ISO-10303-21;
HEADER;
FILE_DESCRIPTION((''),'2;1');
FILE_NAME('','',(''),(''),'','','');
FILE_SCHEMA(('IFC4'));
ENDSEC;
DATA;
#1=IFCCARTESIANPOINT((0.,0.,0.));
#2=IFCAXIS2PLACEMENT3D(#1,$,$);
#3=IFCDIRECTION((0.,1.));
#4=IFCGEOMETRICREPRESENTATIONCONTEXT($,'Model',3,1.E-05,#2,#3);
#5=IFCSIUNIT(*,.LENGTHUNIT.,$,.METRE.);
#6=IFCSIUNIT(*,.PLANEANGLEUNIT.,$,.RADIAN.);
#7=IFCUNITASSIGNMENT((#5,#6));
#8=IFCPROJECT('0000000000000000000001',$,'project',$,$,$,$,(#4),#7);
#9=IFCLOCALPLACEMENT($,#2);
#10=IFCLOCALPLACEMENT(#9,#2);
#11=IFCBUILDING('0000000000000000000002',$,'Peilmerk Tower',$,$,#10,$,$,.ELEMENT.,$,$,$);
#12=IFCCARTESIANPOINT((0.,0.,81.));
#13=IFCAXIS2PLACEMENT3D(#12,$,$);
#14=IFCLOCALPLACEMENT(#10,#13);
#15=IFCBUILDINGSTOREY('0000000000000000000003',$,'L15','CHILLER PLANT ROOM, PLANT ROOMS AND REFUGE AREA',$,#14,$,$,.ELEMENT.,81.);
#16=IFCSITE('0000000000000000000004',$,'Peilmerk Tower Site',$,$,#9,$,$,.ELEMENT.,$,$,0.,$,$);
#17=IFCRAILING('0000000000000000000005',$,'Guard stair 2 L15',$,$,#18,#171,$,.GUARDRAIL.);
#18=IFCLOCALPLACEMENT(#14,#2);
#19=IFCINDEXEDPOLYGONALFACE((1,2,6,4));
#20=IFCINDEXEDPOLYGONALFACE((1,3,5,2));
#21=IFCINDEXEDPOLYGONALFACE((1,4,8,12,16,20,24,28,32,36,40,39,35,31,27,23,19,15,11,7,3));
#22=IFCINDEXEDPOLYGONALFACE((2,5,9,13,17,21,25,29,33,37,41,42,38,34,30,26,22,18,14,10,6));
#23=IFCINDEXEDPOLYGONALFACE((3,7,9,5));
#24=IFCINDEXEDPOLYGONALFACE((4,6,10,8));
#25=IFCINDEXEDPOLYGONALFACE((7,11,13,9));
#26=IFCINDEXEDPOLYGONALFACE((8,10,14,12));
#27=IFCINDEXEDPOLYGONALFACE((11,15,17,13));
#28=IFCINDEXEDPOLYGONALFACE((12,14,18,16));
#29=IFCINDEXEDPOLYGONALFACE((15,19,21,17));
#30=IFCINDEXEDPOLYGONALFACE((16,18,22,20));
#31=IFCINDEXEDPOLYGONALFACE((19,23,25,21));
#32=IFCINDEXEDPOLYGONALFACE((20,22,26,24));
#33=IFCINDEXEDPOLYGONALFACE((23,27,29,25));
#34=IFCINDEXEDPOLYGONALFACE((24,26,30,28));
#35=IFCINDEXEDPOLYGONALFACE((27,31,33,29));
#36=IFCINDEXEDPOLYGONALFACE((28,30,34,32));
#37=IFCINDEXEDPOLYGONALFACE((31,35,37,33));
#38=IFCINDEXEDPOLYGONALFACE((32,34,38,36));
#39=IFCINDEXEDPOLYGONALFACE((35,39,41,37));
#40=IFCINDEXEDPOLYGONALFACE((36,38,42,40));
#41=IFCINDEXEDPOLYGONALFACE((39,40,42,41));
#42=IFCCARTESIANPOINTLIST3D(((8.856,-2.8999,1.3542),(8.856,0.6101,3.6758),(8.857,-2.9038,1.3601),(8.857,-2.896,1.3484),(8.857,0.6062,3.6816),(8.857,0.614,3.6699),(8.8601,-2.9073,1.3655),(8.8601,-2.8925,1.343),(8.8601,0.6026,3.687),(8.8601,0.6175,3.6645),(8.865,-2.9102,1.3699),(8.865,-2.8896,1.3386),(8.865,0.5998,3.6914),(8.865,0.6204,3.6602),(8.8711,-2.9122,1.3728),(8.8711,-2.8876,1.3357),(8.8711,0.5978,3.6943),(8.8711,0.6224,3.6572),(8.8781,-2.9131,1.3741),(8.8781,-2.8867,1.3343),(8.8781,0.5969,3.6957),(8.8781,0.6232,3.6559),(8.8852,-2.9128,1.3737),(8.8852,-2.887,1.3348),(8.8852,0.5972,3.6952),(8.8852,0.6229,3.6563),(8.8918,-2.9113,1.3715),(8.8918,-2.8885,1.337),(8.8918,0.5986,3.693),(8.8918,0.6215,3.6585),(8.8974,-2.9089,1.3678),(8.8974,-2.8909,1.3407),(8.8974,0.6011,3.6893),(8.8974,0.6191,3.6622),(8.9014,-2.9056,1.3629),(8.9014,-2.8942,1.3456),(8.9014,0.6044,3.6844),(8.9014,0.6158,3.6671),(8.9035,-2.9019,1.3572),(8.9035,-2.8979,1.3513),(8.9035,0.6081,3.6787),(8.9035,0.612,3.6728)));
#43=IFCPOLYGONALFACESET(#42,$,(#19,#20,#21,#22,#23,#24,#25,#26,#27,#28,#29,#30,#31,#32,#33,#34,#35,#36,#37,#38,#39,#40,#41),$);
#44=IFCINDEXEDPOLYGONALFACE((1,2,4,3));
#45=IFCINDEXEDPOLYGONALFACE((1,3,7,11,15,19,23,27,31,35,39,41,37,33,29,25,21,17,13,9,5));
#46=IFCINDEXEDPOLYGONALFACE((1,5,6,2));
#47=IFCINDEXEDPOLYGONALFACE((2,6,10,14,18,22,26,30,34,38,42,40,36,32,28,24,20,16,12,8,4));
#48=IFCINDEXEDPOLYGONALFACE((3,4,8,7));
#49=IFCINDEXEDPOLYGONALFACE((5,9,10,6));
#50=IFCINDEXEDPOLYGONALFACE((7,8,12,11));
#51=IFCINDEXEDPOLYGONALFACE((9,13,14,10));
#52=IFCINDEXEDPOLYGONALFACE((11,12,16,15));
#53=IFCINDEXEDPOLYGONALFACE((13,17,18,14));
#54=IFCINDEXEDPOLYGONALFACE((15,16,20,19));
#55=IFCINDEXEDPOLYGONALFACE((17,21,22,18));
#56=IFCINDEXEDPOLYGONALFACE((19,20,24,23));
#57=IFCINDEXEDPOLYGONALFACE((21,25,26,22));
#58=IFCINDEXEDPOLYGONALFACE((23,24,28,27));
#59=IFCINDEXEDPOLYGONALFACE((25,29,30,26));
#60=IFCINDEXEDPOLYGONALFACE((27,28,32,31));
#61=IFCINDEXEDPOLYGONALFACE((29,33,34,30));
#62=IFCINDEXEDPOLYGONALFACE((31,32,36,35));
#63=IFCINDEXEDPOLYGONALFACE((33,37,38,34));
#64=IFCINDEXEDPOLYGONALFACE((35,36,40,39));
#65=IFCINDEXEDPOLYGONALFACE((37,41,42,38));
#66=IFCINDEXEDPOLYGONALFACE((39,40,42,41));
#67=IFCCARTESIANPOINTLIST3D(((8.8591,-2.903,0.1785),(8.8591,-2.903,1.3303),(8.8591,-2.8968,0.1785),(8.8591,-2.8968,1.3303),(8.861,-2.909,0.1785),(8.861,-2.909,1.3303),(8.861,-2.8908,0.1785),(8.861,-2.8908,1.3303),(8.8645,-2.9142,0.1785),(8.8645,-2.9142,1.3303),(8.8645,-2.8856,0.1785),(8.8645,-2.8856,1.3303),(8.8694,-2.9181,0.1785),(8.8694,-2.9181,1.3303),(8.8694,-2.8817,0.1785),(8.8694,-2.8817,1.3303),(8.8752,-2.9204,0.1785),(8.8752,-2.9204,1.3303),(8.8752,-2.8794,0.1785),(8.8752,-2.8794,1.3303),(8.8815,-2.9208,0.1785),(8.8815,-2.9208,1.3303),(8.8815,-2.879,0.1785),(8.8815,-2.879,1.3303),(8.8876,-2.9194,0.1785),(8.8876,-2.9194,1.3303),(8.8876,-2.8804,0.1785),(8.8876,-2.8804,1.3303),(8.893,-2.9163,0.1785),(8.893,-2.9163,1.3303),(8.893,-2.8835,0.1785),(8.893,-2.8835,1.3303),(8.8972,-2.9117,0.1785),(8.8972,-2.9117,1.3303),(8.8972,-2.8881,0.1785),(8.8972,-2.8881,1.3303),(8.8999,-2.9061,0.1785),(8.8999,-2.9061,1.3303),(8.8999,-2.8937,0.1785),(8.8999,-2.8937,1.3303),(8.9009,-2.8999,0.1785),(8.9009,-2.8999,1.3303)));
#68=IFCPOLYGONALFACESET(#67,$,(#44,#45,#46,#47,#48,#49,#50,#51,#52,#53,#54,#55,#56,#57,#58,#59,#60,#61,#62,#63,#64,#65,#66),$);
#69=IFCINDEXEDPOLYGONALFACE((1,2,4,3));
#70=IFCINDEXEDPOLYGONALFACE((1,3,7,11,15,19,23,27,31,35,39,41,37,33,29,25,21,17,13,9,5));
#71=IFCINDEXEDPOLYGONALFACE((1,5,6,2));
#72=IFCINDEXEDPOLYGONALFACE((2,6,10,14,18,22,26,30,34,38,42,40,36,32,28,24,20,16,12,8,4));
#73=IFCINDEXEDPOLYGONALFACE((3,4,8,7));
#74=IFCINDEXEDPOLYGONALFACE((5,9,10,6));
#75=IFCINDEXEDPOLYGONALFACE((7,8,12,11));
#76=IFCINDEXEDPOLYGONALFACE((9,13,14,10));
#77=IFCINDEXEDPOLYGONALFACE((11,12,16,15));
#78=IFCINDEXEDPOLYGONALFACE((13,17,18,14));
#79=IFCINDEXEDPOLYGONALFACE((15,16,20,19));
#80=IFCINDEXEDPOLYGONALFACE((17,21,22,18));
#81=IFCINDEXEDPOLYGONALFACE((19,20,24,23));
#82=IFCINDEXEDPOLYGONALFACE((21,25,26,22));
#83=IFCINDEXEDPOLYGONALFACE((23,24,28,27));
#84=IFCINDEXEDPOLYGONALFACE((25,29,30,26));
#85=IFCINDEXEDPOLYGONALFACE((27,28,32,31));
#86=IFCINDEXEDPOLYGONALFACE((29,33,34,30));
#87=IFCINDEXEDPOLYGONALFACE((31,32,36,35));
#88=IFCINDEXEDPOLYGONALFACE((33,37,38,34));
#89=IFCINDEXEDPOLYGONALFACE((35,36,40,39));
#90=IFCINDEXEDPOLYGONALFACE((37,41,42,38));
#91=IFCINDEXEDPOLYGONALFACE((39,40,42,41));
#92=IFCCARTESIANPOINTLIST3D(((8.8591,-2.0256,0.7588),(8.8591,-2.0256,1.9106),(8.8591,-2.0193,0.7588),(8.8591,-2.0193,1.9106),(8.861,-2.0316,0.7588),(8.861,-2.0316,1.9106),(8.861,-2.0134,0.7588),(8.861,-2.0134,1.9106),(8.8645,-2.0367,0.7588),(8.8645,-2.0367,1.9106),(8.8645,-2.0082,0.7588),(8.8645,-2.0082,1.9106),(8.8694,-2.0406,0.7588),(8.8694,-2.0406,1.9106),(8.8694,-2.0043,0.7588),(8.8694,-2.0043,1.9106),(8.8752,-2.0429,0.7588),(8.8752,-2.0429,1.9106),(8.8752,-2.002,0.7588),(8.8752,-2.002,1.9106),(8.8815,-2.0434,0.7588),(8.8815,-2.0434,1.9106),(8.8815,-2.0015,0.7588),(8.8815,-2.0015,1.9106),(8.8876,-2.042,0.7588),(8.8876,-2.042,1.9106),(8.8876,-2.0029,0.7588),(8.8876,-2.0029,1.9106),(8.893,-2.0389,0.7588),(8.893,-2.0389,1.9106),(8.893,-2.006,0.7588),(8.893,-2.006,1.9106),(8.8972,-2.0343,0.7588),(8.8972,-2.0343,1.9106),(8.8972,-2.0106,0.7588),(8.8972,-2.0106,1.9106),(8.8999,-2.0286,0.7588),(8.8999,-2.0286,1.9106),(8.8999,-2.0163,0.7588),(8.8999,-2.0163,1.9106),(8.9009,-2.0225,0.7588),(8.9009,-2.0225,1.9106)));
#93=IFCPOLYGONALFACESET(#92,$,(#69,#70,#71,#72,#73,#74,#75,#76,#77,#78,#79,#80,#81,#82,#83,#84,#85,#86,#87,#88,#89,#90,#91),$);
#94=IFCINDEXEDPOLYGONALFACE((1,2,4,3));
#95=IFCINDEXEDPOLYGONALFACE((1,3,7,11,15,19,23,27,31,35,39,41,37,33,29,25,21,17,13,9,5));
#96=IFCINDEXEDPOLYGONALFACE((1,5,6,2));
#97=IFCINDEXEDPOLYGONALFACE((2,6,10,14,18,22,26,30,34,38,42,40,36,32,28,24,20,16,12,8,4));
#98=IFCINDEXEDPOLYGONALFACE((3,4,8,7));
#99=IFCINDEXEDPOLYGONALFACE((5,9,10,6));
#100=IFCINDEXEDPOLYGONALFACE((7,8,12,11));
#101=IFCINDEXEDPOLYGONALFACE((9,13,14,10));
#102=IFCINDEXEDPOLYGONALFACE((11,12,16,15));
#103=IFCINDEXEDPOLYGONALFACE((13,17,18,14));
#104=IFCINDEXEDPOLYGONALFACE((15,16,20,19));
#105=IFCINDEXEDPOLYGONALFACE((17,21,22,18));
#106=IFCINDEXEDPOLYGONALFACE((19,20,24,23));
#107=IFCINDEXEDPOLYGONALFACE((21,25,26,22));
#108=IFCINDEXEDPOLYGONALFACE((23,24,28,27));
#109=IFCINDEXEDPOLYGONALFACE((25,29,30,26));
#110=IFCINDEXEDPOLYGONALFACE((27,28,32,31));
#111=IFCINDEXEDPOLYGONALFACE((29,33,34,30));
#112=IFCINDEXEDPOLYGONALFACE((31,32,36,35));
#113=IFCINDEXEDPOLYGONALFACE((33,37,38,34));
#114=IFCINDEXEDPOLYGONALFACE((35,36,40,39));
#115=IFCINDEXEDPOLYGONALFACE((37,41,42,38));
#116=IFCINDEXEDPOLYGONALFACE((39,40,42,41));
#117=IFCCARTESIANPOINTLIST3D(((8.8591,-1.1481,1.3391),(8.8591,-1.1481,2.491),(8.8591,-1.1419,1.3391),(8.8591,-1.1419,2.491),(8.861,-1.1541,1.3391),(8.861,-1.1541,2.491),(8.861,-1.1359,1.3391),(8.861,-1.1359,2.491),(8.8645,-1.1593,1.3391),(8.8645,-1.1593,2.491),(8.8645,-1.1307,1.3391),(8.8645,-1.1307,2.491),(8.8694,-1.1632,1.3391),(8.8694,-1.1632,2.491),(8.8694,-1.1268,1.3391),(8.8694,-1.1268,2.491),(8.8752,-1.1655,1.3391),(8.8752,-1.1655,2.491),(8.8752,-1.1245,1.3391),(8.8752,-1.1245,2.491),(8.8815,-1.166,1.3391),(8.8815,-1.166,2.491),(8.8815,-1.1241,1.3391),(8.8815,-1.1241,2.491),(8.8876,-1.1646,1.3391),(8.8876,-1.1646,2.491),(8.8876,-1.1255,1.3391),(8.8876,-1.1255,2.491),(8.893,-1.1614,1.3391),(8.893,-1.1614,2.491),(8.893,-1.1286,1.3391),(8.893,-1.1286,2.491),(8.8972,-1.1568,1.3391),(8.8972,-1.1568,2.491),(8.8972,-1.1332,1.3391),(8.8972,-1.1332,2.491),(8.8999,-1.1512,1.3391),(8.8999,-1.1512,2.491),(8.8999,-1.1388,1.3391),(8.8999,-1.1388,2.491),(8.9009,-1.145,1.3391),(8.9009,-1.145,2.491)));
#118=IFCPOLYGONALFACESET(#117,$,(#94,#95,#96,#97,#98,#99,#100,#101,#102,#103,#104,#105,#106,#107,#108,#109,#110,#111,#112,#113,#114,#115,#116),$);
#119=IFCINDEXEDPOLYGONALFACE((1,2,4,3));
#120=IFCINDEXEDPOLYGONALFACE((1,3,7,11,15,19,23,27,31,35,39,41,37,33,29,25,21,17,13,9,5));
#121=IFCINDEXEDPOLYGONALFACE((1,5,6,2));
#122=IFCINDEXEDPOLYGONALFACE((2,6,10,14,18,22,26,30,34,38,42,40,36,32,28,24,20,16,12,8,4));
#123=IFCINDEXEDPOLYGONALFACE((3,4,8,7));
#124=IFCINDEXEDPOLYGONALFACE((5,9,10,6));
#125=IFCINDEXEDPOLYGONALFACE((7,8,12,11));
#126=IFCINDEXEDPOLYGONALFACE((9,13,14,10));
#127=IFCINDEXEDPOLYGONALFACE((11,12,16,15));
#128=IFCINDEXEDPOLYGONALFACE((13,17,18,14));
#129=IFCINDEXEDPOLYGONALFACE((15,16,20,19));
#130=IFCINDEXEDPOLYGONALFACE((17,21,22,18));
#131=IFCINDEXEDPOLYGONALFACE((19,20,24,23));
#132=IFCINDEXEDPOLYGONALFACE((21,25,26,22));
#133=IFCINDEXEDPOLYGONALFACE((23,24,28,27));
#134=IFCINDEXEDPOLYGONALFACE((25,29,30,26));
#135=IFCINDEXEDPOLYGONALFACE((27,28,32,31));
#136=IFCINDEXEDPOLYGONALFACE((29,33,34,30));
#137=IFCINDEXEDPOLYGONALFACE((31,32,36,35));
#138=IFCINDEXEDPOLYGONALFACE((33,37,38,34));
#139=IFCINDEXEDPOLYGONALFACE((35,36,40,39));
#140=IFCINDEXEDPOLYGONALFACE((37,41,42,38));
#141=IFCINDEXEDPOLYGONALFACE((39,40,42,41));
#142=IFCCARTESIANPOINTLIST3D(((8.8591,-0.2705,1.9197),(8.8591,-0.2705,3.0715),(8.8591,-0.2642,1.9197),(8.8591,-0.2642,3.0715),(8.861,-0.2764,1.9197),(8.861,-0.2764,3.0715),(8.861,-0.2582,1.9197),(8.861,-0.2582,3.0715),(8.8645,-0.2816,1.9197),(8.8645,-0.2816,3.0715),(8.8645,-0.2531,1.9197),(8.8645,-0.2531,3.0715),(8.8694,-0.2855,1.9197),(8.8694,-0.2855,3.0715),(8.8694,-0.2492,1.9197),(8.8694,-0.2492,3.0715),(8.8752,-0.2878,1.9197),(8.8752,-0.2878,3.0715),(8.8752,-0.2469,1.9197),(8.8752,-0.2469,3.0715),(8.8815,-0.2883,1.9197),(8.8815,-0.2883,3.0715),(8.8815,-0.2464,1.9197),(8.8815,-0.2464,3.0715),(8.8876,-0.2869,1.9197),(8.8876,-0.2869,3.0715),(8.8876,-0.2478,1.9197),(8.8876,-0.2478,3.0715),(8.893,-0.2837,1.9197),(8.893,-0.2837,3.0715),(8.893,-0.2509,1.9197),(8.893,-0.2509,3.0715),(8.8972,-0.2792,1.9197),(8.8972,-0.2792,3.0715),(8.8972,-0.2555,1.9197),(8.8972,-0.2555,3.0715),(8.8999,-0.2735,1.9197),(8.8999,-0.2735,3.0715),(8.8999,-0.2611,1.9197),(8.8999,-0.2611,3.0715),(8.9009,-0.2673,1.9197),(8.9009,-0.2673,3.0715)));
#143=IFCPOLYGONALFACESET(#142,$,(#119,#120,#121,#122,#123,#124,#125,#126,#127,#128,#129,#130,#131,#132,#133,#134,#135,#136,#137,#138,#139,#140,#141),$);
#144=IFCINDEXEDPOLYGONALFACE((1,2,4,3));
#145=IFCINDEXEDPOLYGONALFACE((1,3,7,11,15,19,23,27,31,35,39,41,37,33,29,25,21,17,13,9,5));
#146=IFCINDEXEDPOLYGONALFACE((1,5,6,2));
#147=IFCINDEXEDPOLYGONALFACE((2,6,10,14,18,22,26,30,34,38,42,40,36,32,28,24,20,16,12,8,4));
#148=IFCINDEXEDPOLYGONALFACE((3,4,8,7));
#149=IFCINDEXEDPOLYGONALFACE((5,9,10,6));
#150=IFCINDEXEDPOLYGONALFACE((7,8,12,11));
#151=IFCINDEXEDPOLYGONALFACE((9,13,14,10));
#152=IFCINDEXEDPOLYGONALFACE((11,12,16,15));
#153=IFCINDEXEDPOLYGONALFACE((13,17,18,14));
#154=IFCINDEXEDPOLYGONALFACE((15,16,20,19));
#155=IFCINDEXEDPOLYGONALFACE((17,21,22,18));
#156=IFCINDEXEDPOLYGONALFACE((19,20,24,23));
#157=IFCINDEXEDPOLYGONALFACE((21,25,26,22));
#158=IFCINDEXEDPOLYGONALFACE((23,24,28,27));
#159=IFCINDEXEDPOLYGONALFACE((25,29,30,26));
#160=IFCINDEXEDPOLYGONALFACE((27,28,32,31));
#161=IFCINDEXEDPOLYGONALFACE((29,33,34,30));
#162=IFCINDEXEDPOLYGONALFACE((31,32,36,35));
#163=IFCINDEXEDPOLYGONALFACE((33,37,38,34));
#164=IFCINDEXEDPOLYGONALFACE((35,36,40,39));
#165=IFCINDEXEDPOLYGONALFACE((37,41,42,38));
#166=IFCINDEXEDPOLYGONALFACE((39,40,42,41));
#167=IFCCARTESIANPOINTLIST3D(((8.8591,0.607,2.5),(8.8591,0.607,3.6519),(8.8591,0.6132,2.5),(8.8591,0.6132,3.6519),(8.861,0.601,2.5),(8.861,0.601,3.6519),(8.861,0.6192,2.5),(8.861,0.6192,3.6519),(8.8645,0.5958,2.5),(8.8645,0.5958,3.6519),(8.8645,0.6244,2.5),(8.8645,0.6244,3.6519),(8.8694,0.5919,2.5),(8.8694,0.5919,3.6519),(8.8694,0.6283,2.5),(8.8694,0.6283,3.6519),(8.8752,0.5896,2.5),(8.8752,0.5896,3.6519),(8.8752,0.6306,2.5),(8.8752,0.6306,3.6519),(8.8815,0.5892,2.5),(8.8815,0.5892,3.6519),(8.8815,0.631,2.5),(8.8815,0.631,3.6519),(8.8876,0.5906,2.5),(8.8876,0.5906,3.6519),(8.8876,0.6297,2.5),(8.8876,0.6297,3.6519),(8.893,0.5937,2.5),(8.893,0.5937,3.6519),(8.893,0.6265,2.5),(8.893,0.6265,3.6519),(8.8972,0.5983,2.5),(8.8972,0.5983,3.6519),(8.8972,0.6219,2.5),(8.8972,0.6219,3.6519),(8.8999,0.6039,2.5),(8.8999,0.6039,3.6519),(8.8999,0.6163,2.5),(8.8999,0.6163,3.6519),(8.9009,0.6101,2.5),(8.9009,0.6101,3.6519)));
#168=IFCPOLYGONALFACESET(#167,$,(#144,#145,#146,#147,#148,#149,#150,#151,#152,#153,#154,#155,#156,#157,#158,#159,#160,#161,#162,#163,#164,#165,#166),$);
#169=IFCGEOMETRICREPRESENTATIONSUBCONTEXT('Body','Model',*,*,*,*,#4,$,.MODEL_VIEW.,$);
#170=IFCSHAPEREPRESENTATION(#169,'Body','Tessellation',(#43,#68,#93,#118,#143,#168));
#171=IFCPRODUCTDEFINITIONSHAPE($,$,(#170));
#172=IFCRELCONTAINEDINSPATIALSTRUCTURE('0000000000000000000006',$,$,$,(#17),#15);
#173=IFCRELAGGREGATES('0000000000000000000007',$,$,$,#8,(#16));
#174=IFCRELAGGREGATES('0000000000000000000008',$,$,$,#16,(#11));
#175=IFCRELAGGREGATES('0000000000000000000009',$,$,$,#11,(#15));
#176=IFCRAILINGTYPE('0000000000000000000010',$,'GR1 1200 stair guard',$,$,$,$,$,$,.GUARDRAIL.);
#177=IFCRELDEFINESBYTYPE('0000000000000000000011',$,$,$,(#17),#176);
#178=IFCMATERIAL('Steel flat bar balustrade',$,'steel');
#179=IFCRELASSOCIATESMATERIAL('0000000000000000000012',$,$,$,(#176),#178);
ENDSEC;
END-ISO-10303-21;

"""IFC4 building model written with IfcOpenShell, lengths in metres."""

from ifc_helpers import new_model, si_unit, direction, frame, origin, origin_2d, place, context, subcontext, project, spatial, circle, extrude, material, type_object, element, save


model = new_model("IFC4")

# Units and contexts
model_context = context("Model", 3, precision=1e-05, world=origin(), true_north=direction((0.0, 1.0)))
body_context = subcontext(model_context, "Body", "Model", "MODEL_VIEW")
ifc_project = project(units=[si_unit("LENGTHUNIT", "METRE"), si_unit("PLANEANGLEUNIT", "RADIAN")], contexts=[model_context])

# Site, building, storey
site_placement = place(None, origin())
site = spatial("IfcSite", under=ifc_project, at=site_placement, Name="Peilmerk Tower Site", CompositionType="ELEMENT", RefElevation=0.0)
building_placement = place(site_placement, origin())
building = spatial("IfcBuilding", under=site, at=building_placement, Name="Peilmerk Tower", CompositionType="ELEMENT")
storey_placement = place(building_placement, frame((0.0, 0.0, 81.0)))
storey = spatial("IfcBuildingStorey", under=building, at=storey_placement, Name="L15", Description="CHILLER PLANT ROOM, PLANT ROOMS AND REFUGE AREA", CompositionType="ELEMENT", Elevation=81.0)

# Railing
ifc_material_1 = material(Name="Steel flat bar balustrade", Category="steel")
railing_type = type_object("IfcRailingType", Name="GR1 1200 stair guard", PredefinedType="GUARDRAIL", material=ifc_material_1)
railing_placement = place(storey_placement, frame((8.8799, -2.8999, 0.1785)))
element("IfcRailing", 1, at=railing_placement, inside=storey, type_object=railing_type, Name="Guard stair 2 L15", PredefinedType="GUARDRAIL", context=body_context, shape_type="SweptSolid", body=[
    extrude(circle(Radius=0.0239, at=origin_2d()), frame((0.0, 0.0, 1.1758), z_axis=(0.0, 0.834071, 0.551657), x_axis=(-1.0, 0.0, 0.0)), (0.0, 0.0, 1.0), 4.2083),
    extrude(circle(Radius=0.021, at=origin_2d()), origin(), (0.0, 0.0, 1.0), 1.1519),
    extrude(circle(Radius=0.021, at=origin_2d()), frame((0.0, 0.8774, 0.5803)), (0.0, 0.0, 1.0), 1.1519),
    extrude(circle(Radius=0.021, at=origin_2d()), frame((0.0, 1.7549, 1.1606)), (0.0, 0.0, 1.0), 1.1519),
    extrude(circle(Radius=0.021, at=origin_2d()), frame((0.0, 2.6326, 1.7412)), (0.0, 0.0, 1.0), 1.1519),
    extrude(circle(Radius=0.021, at=origin_2d()), frame((0.0, 3.51, 2.3215)), (0.0, 0.0, 1.0), 1.1519),
])

save(model, "model.ifc")
